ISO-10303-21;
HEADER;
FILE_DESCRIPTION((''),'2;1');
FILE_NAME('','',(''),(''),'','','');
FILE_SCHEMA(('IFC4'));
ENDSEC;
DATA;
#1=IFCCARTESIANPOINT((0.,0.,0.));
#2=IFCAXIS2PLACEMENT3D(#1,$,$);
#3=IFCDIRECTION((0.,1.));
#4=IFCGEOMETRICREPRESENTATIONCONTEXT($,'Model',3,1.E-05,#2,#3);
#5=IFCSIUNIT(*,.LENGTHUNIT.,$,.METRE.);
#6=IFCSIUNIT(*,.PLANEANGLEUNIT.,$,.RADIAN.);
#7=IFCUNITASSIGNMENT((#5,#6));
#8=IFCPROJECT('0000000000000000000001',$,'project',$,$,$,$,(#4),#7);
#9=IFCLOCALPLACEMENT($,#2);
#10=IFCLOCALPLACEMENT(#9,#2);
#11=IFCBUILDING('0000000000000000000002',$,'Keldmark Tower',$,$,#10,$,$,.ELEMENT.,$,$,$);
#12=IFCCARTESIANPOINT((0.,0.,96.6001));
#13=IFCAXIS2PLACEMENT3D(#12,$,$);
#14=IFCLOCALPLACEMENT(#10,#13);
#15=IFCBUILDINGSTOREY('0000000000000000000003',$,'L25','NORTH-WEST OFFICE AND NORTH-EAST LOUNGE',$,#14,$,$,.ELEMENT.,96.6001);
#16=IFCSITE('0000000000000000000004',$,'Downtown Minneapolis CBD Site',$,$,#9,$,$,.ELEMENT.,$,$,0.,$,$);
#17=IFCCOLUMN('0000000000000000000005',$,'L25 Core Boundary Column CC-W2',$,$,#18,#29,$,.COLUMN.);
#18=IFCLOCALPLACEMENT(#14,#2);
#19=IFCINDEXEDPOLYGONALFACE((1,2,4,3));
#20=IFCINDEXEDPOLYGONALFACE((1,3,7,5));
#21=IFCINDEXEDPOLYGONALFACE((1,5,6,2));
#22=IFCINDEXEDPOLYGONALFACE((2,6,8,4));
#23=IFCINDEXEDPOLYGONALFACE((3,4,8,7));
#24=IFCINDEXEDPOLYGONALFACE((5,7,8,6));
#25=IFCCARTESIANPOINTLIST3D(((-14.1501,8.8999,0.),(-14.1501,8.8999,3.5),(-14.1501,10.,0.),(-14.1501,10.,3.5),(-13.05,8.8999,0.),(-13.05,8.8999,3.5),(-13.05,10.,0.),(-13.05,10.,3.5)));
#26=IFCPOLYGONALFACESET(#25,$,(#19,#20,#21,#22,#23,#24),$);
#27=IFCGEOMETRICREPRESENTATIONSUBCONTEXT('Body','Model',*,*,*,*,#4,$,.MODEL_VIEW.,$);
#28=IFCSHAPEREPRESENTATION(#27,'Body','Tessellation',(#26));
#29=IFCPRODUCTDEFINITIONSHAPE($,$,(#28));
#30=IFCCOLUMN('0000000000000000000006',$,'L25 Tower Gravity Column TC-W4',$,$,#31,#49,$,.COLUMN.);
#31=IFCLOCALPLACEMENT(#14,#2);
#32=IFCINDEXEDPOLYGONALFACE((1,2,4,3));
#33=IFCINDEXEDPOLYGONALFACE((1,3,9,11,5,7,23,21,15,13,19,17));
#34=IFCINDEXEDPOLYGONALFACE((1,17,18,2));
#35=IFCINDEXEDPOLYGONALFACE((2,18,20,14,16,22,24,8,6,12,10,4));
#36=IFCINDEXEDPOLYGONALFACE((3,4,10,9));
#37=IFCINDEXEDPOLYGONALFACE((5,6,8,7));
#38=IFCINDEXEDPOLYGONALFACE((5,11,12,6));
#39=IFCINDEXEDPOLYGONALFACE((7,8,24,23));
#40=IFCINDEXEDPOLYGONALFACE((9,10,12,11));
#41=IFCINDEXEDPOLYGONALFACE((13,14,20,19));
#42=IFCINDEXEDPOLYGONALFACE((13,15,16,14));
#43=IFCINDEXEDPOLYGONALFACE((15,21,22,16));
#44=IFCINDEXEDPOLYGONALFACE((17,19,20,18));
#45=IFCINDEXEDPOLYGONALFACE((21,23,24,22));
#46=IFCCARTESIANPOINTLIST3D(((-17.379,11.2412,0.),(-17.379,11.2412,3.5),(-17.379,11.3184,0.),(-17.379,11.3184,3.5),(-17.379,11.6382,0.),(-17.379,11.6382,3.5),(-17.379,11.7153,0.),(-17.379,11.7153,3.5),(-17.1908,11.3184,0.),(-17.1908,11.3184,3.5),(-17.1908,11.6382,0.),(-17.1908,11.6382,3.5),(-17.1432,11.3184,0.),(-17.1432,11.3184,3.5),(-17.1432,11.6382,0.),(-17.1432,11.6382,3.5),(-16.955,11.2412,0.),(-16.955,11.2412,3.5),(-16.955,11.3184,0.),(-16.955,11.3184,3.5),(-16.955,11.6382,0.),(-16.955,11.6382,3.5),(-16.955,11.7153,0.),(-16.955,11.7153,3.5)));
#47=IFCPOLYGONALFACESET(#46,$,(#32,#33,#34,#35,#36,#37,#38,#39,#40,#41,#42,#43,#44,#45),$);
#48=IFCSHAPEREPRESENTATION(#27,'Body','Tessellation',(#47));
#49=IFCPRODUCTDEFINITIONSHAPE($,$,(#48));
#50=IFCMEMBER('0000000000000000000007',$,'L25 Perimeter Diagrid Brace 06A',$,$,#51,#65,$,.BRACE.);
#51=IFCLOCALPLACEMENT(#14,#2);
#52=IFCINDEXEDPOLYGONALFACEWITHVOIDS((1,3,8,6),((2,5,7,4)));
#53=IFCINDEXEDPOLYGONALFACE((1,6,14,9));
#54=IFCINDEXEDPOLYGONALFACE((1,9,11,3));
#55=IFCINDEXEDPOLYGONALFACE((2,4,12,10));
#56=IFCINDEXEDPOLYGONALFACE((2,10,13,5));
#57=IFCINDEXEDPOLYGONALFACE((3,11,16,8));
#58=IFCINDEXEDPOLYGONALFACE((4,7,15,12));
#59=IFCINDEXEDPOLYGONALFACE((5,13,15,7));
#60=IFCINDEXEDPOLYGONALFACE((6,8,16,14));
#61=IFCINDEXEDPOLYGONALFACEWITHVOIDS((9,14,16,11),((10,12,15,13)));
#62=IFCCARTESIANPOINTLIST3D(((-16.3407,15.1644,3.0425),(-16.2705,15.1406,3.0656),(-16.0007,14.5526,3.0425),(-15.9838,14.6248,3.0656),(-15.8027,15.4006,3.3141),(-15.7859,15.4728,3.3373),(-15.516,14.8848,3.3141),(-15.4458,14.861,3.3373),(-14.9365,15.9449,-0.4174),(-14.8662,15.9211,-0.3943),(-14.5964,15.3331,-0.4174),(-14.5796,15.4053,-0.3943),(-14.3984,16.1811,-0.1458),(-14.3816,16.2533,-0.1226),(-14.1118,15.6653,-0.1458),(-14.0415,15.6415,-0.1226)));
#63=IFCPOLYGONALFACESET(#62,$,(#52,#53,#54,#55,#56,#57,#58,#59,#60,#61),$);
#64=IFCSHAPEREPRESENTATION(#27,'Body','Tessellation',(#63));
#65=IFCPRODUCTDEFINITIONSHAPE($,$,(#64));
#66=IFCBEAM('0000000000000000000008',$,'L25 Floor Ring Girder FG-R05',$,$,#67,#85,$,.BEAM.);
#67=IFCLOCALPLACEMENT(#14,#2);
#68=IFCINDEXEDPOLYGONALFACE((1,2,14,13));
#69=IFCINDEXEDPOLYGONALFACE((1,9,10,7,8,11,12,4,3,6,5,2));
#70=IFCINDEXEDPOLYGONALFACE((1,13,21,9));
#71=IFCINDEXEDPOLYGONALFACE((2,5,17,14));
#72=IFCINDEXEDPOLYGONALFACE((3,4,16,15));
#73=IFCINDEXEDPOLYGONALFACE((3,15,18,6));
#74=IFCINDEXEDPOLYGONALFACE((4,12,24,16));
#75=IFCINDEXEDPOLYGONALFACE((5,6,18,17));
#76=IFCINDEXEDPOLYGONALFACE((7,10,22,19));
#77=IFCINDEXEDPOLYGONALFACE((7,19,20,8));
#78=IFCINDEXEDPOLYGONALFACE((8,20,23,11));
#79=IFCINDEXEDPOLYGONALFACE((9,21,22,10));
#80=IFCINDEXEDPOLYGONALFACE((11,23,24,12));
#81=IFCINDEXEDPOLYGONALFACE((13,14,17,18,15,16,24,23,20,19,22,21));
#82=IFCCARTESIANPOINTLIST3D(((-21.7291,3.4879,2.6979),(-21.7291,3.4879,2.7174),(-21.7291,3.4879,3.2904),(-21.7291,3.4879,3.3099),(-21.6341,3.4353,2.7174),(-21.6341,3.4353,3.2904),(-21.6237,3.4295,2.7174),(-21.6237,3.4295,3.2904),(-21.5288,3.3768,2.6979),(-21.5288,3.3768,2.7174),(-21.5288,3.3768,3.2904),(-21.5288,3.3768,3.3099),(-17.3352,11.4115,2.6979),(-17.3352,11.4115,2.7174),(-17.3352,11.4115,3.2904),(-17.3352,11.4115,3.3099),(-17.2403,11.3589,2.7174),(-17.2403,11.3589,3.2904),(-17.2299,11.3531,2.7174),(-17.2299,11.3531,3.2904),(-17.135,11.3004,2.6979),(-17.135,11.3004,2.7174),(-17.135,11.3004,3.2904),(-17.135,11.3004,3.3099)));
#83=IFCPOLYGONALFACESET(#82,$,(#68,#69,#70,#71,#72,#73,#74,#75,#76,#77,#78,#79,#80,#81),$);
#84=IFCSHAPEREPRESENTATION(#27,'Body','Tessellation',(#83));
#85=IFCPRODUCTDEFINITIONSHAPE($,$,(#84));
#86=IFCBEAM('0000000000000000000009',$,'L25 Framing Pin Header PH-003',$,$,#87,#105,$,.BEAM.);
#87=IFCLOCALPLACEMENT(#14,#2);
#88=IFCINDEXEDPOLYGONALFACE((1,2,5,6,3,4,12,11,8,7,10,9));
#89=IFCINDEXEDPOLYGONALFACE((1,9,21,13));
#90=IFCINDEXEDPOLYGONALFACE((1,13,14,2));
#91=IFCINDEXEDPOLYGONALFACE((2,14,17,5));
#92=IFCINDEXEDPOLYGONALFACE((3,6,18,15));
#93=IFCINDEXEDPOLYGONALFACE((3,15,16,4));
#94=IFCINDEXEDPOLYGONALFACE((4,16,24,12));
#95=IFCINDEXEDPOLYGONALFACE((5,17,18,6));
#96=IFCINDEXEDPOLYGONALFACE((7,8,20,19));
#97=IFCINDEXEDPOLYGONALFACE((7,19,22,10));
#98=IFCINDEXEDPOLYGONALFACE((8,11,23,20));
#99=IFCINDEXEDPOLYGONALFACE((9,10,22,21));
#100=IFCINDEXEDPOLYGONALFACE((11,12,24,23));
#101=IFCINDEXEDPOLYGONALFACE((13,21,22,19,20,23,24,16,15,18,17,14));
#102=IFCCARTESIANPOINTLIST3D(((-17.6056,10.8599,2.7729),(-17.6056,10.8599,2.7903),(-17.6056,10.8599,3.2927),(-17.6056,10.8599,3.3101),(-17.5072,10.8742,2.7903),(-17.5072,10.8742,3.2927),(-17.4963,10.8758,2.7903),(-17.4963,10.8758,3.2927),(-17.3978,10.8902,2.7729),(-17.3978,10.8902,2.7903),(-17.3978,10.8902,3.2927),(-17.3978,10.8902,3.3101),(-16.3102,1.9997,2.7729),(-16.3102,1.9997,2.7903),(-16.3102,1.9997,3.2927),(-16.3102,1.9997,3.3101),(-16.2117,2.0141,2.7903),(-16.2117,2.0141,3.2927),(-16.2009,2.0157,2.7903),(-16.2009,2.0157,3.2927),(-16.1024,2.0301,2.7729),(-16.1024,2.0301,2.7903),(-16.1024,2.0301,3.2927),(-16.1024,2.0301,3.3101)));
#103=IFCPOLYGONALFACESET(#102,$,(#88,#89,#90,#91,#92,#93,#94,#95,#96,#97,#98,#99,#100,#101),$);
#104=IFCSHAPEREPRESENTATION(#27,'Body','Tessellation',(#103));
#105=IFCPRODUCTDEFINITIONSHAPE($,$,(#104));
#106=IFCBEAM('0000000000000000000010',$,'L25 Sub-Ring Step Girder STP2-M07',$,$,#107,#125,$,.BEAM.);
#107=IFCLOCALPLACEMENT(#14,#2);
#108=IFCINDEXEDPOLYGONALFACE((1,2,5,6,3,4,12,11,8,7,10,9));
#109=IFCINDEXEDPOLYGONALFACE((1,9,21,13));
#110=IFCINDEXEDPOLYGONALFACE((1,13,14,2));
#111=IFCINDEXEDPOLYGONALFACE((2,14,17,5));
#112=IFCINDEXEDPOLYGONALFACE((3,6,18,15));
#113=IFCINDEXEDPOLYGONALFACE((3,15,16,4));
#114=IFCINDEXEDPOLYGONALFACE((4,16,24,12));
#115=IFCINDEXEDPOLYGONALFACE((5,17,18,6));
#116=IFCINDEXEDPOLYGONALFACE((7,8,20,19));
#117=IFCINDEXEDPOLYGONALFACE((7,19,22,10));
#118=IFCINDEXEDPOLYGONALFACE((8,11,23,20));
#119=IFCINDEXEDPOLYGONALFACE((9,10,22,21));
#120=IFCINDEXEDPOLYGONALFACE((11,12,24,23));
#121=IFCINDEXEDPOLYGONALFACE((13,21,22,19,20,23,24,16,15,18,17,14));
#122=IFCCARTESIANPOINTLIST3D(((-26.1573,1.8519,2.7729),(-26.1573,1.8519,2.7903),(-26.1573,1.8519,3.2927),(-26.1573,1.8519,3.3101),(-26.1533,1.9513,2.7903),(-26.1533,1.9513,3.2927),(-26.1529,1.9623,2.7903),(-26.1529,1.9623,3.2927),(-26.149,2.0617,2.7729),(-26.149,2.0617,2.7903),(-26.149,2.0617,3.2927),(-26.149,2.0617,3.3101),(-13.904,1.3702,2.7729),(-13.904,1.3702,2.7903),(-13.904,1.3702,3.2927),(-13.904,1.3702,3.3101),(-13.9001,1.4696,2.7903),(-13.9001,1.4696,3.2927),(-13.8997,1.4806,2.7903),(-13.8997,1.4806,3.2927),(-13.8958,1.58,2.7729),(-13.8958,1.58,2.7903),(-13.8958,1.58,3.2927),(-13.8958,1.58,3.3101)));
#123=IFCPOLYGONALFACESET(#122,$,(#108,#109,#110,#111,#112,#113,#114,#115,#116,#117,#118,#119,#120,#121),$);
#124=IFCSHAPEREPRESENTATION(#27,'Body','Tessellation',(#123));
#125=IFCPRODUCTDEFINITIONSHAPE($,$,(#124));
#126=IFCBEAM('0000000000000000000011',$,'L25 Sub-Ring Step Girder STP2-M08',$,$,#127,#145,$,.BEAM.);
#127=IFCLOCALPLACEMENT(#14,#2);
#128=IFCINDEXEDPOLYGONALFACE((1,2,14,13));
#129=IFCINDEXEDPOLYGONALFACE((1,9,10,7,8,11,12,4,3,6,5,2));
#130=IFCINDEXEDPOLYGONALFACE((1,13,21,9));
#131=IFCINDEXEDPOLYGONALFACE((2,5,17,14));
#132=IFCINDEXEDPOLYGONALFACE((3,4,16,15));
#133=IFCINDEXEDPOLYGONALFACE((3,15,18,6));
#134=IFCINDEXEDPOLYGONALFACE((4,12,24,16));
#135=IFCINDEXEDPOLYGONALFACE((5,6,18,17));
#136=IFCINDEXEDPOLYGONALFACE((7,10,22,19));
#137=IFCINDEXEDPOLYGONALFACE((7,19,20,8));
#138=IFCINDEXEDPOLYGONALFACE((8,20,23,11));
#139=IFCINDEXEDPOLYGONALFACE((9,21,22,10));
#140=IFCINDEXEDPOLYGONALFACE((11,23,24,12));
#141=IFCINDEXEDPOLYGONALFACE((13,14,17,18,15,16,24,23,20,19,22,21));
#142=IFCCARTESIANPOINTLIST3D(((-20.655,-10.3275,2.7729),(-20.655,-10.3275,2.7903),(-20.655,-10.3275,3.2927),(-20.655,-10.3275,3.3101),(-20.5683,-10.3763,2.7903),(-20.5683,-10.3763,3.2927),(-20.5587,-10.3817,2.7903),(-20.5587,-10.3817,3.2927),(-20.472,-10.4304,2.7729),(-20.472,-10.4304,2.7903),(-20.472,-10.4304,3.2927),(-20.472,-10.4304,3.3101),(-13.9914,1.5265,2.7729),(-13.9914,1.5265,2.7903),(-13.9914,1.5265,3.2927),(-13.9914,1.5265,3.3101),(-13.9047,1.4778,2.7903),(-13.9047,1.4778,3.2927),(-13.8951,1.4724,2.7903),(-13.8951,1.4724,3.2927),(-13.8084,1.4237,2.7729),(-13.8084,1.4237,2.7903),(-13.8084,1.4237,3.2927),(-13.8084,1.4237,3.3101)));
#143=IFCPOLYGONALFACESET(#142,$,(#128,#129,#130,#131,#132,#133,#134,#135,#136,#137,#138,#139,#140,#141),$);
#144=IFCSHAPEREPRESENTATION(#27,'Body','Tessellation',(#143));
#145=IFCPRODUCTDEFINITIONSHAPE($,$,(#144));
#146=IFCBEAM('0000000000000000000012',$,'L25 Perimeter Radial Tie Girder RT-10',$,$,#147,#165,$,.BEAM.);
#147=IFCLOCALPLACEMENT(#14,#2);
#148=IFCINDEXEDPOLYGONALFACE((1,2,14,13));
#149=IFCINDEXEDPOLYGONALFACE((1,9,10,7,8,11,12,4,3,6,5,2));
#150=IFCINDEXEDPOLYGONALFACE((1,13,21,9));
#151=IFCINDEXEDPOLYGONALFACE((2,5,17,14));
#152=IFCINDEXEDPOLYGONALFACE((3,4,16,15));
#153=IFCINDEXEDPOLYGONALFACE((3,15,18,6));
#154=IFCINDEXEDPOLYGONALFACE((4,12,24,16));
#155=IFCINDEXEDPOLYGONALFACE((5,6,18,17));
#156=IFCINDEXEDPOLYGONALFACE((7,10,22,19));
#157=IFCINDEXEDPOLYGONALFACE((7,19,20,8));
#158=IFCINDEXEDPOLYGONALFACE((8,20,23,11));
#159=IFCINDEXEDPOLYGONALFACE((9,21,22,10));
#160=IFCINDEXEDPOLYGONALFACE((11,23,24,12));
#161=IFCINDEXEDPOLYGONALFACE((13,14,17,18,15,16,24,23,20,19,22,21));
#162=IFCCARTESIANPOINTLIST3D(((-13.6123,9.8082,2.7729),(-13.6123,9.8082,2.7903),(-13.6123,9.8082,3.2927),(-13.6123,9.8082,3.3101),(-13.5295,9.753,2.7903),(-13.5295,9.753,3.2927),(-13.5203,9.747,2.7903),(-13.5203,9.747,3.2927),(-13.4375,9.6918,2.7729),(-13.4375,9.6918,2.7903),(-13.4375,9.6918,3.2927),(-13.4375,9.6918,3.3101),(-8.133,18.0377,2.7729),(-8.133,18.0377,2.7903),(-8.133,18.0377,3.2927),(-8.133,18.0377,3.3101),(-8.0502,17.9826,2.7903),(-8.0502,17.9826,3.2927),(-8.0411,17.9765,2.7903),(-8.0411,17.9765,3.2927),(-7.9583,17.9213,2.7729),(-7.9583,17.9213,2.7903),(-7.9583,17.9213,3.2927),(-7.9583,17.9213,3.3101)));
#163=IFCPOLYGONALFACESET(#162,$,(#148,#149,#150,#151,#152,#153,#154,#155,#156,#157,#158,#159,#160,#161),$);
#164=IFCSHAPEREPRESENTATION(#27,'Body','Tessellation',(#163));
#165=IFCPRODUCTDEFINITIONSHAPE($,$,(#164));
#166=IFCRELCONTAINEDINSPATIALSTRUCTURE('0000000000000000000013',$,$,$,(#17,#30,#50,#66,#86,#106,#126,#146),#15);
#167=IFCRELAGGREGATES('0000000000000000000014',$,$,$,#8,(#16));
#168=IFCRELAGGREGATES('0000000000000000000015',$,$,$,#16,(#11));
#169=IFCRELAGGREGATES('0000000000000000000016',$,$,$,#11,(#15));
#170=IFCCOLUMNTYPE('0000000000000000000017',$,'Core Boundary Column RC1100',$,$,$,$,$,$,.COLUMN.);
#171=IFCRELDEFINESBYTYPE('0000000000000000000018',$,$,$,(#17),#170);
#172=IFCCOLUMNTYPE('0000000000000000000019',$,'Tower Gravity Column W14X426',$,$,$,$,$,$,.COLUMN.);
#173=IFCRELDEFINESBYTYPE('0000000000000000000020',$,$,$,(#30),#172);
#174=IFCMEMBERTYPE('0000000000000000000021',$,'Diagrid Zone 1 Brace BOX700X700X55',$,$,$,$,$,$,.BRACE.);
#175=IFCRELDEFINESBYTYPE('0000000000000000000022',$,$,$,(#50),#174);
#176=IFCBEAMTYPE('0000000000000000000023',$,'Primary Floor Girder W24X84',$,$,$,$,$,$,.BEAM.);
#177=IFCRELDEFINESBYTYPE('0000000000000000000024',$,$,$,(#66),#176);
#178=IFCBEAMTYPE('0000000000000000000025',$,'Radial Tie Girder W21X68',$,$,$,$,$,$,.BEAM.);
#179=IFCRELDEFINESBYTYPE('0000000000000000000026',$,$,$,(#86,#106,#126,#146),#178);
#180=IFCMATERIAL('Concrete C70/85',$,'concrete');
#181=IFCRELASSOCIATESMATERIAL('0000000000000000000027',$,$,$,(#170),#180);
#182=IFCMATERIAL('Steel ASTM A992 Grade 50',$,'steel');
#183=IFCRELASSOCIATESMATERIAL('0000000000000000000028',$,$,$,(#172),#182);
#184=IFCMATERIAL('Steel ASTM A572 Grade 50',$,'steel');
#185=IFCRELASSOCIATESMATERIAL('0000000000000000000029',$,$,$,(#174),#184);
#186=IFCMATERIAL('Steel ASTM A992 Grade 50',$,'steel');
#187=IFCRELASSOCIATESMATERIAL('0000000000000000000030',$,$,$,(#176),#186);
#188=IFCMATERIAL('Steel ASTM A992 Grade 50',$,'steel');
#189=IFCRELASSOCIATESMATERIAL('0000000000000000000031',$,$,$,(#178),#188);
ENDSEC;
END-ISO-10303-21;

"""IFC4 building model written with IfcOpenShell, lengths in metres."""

from ifc_helpers import new_model, si_unit, direction, frame, origin, origin_2d, place, context, subcontext, project, spatial, rectangle, hollow_rectangle, i_section, extrude, material, material_profile, profile_set, type_object, element, save


model = new_model("IFC4")

# Units and contexts
model_context = context("Model", 3, precision=1e-05, world=origin(), true_north=direction((0.0, 1.0)))
body_context = subcontext(model_context, "Body", "Model", "MODEL_VIEW")
ifc_project = project(units=[si_unit("LENGTHUNIT", "METRE"), si_unit("PLANEANGLEUNIT", "RADIAN")], contexts=[model_context])

# Site, building, storey
site_placement = place(None, origin())
site = spatial("IfcSite", under=ifc_project, at=site_placement, Name="Downtown Minneapolis CBD Site", CompositionType="ELEMENT", RefElevation=0.0)
building_placement = place(site_placement, origin())
building = spatial("IfcBuilding", under=site, at=building_placement, Name="Keldmark Tower", CompositionType="ELEMENT")
storey_placement = place(building_placement, frame((0.0, 0.0, 96.6001)))
storey = spatial("IfcBuildingStorey", under=building, at=storey_placement, Name="L25", Description="NORTH-WEST OFFICE AND NORTH-EAST LOUNGE", CompositionType="ELEMENT", Elevation=96.6001)

# Columns
ifc_material_1 = material(Name="Concrete C70/85", Category="concrete")
ifc_material_profile_1 = material_profile(ifc_material_1, rectangle(XDim=1.1001, YDim=1.1001, at=origin_2d()), Name="RC1100X1100")
ifc_profile_set_1 = profile_set([ifc_material_profile_1], Name="Concrete C70/85")
column_type_1 = type_object("IfcColumnType", Name="Core Boundary Column RC1100", PredefinedType="COLUMN", material=ifc_profile_set_1)
column_1_placement = place(storey_placement, frame((-13.6001, 9.45, 0.0), z_axis=(0.0, 0.0, 1.0), x_axis=(1.0, 0.0, 0.0)))
element("IfcColumn", 1, at=column_1_placement, inside=storey, type_object=column_type_1, Name="L25 Core Boundary Column CC-W2", PredefinedType="COLUMN", context=body_context, shape_type="SweptSolid", body=[
    extrude(rectangle(XDim=1.1001, YDim=1.1001, at=origin_2d()), origin(), (0.0, 0.0, 1.0), 3.5),
])
ifc_material_2 = material(Name="Steel ASTM A992 Grade 50", Category="steel")
ifc_material_profile_2 = material_profile(ifc_material_2, i_section(OverallWidth=0.4241, OverallDepth=0.4741, WebThickness=0.0476, FlangeThickness=0.0771, at=origin_2d()), Name="W14X426")
ifc_profile_set_2 = profile_set([ifc_material_profile_2], Name="Steel ASTM A992 Grade 50")
column_type_2 = type_object("IfcColumnType", Name="Tower Gravity Column W14X426", PredefinedType="COLUMN", material=ifc_profile_set_2)
column_2_placement = place(storey_placement, frame((-17.167, 11.4783, 0.0), z_axis=(0.0, 0.0, 1.0), x_axis=(1.0, 0.0, 0.0)))
element("IfcColumn", 2, at=column_2_placement, inside=storey, type_object=column_type_2, Name="L25 Tower Gravity Column TC-W4", PredefinedType="COLUMN", context=body_context, shape_type="SweptSolid", body=[
    extrude(i_section(OverallWidth=0.4241, OverallDepth=0.4741, WebThickness=0.0476, FlangeThickness=0.0771, at=origin_2d()), origin(), (0.0, 0.0, 1.0), 3.5),
])

# Member
ifc_material_3 = material(Name="Steel ASTM A572 Grade 50", Category="steel")
ifc_material_profile_3 = material_profile(ifc_material_3, hollow_rectangle(XDim=0.7, YDim=0.7, WallThickness=0.0549, at=origin_2d()), Name="BOX700X700X55")
ifc_profile_set_3 = profile_set([ifc_material_profile_3], Name="Steel ASTM A572 Grade 50")
member_type = type_object("IfcMemberType", Name="Diagrid Zone 1 Brace BOX700X700X55", PredefinedType="BRACE", material=ifc_profile_set_3)
member_placement = place(storey_placement, frame((-14.489, 15.7932, -0.27), z_axis=(-0.36812, -0.204603, 0.906987), x_axis=(0.485811, -0.874064, 0.0)))
element("IfcMember", 3, at=member_placement, inside=storey, type_object=member_type, Name="L25 Perimeter Diagrid Brace 06A", PredefinedType="BRACE", context=body_context, shape_type="SweptSolid", body=[
    extrude(hollow_rectangle(XDim=0.7, YDim=0.7, WallThickness=0.0549, at=origin_2d()), origin(), (0.0, 0.0, 1.0), 3.8147),
])

# Beams
ifc_material_4 = material(Name="Steel ASTM A992 Grade 50", Category="steel")
ifc_material_profile_4 = material_profile(ifc_material_4, i_section(OverallWidth=0.229, OverallDepth=0.6121, WebThickness=0.012, FlangeThickness=0.0195, at=origin_2d()), Name="W24X84")
ifc_profile_set_4 = profile_set([ifc_material_profile_4], Name="Steel ASTM A992 Grade 50")
beam_type_1 = type_object("IfcBeamType", Name="Primary Floor Girder W24X84", PredefinedType="BEAM", material=ifc_profile_set_4)
beam_1_placement = place(storey_placement, frame((-17.2351, 11.356, 3.0039), z_axis=(-0.484952, -0.874541, 0.0), x_axis=(0.874541, -0.484952, 0.0)))
element("IfcBeam", 4, at=beam_1_placement, inside=storey, type_object=beam_type_1, Name="L25 Floor Ring Girder FG-R05", PredefinedType="BEAM", context=body_context, shape_type="SweptSolid", body=[
    extrude(i_section(OverallWidth=0.229, OverallDepth=0.6121, WebThickness=0.012, FlangeThickness=0.0195, at=origin_2d()), origin(), (0.0, 0.0, 1.0), 9.0603),
])
ifc_material_5 = material(Name="Steel ASTM A992 Grade 50", Category="steel")
ifc_material_profile_5 = material_profile(ifc_material_5, i_section(OverallWidth=0.21, OverallDepth=0.5371, WebThickness=0.011, FlangeThickness=0.0173, at=origin_2d()), Name="W21X68")
ifc_profile_set_5 = profile_set([ifc_material_profile_5], Name="Steel ASTM A992 Grade 50")
beam_type_2 = type_object("IfcBeamType", Name="Radial Tie Girder W21X68", PredefinedType="BEAM", material=ifc_profile_set_5)
beam_2_placement = place(storey_placement, frame((-16.2063, 2.0149, 3.0415), z_axis=(-0.144669, 0.98948, 0.0), x_axis=(-0.98948, -0.144669, 0.0)))
element("IfcBeam", 5, at=beam_2_placement, inside=storey, type_object=beam_type_2, Name="L25 Framing Pin Header PH-003", PredefinedType="BEAM", context=body_context, shape_type="SweptSolid", body=[
    extrude(i_section(OverallWidth=0.21, OverallDepth=0.5371, WebThickness=0.011, FlangeThickness=0.0173, at=origin_2d()), origin(), (0.0, 0.0, 1.0), 8.9543),
])
beam_3_placement = place(storey_placement, frame((-13.8999, 1.4751, 3.0415), z_axis=(-0.999228, 0.039281, 0.0), x_axis=(-0.039281, -0.999228, 0.0)))
element("IfcBeam", 6, at=beam_3_placement, inside=storey, type_object=beam_type_2, Name="L25 Sub-Ring Step Girder STP2-M07", PredefinedType="BEAM", context=body_context, shape_type="SweptSolid", body=[
    extrude(i_section(OverallWidth=0.21, OverallDepth=0.5371, WebThickness=0.011, FlangeThickness=0.0173, at=origin_2d()), origin(), (0.0, 0.0, 1.0), 12.2627),
])
beam_4_placement = place(storey_placement, frame((-13.8999, 1.4751, 3.0415), z_axis=(-0.490021, -0.871711, 0.0), x_axis=(0.871711, -0.490021, 0.0)))
element("IfcBeam", 7, at=beam_4_placement, inside=storey, type_object=beam_type_2, Name="L25 Sub-Ring Step Girder STP2-M08", PredefinedType="BEAM", context=body_context, shape_type="SweptSolid", body=[
    extrude(i_section(OverallWidth=0.21, OverallDepth=0.5371, WebThickness=0.011, FlangeThickness=0.0173, at=origin_2d()), origin(), (0.0, 0.0, 1.0), 13.5986),
])
beam_5_placement = place(storey_placement, frame((-13.5249, 9.75, 3.0415), z_axis=(0.554204, 0.832381, 0.0), x_axis=(-0.832381, 0.554204, 0.0)))
element("IfcBeam", 8, at=beam_5_placement, inside=storey, type_object=beam_type_2, Name="L25 Perimeter Radial Tie Girder RT-10", PredefinedType="BEAM", context=body_context, shape_type="SweptSolid", body=[
    extrude(i_section(OverallWidth=0.21, OverallDepth=0.5371, WebThickness=0.011, FlangeThickness=0.0173, at=origin_2d()), origin(), (0.0, 0.0, 1.0), 9.8867),
])

save(model, "model.ifc")
